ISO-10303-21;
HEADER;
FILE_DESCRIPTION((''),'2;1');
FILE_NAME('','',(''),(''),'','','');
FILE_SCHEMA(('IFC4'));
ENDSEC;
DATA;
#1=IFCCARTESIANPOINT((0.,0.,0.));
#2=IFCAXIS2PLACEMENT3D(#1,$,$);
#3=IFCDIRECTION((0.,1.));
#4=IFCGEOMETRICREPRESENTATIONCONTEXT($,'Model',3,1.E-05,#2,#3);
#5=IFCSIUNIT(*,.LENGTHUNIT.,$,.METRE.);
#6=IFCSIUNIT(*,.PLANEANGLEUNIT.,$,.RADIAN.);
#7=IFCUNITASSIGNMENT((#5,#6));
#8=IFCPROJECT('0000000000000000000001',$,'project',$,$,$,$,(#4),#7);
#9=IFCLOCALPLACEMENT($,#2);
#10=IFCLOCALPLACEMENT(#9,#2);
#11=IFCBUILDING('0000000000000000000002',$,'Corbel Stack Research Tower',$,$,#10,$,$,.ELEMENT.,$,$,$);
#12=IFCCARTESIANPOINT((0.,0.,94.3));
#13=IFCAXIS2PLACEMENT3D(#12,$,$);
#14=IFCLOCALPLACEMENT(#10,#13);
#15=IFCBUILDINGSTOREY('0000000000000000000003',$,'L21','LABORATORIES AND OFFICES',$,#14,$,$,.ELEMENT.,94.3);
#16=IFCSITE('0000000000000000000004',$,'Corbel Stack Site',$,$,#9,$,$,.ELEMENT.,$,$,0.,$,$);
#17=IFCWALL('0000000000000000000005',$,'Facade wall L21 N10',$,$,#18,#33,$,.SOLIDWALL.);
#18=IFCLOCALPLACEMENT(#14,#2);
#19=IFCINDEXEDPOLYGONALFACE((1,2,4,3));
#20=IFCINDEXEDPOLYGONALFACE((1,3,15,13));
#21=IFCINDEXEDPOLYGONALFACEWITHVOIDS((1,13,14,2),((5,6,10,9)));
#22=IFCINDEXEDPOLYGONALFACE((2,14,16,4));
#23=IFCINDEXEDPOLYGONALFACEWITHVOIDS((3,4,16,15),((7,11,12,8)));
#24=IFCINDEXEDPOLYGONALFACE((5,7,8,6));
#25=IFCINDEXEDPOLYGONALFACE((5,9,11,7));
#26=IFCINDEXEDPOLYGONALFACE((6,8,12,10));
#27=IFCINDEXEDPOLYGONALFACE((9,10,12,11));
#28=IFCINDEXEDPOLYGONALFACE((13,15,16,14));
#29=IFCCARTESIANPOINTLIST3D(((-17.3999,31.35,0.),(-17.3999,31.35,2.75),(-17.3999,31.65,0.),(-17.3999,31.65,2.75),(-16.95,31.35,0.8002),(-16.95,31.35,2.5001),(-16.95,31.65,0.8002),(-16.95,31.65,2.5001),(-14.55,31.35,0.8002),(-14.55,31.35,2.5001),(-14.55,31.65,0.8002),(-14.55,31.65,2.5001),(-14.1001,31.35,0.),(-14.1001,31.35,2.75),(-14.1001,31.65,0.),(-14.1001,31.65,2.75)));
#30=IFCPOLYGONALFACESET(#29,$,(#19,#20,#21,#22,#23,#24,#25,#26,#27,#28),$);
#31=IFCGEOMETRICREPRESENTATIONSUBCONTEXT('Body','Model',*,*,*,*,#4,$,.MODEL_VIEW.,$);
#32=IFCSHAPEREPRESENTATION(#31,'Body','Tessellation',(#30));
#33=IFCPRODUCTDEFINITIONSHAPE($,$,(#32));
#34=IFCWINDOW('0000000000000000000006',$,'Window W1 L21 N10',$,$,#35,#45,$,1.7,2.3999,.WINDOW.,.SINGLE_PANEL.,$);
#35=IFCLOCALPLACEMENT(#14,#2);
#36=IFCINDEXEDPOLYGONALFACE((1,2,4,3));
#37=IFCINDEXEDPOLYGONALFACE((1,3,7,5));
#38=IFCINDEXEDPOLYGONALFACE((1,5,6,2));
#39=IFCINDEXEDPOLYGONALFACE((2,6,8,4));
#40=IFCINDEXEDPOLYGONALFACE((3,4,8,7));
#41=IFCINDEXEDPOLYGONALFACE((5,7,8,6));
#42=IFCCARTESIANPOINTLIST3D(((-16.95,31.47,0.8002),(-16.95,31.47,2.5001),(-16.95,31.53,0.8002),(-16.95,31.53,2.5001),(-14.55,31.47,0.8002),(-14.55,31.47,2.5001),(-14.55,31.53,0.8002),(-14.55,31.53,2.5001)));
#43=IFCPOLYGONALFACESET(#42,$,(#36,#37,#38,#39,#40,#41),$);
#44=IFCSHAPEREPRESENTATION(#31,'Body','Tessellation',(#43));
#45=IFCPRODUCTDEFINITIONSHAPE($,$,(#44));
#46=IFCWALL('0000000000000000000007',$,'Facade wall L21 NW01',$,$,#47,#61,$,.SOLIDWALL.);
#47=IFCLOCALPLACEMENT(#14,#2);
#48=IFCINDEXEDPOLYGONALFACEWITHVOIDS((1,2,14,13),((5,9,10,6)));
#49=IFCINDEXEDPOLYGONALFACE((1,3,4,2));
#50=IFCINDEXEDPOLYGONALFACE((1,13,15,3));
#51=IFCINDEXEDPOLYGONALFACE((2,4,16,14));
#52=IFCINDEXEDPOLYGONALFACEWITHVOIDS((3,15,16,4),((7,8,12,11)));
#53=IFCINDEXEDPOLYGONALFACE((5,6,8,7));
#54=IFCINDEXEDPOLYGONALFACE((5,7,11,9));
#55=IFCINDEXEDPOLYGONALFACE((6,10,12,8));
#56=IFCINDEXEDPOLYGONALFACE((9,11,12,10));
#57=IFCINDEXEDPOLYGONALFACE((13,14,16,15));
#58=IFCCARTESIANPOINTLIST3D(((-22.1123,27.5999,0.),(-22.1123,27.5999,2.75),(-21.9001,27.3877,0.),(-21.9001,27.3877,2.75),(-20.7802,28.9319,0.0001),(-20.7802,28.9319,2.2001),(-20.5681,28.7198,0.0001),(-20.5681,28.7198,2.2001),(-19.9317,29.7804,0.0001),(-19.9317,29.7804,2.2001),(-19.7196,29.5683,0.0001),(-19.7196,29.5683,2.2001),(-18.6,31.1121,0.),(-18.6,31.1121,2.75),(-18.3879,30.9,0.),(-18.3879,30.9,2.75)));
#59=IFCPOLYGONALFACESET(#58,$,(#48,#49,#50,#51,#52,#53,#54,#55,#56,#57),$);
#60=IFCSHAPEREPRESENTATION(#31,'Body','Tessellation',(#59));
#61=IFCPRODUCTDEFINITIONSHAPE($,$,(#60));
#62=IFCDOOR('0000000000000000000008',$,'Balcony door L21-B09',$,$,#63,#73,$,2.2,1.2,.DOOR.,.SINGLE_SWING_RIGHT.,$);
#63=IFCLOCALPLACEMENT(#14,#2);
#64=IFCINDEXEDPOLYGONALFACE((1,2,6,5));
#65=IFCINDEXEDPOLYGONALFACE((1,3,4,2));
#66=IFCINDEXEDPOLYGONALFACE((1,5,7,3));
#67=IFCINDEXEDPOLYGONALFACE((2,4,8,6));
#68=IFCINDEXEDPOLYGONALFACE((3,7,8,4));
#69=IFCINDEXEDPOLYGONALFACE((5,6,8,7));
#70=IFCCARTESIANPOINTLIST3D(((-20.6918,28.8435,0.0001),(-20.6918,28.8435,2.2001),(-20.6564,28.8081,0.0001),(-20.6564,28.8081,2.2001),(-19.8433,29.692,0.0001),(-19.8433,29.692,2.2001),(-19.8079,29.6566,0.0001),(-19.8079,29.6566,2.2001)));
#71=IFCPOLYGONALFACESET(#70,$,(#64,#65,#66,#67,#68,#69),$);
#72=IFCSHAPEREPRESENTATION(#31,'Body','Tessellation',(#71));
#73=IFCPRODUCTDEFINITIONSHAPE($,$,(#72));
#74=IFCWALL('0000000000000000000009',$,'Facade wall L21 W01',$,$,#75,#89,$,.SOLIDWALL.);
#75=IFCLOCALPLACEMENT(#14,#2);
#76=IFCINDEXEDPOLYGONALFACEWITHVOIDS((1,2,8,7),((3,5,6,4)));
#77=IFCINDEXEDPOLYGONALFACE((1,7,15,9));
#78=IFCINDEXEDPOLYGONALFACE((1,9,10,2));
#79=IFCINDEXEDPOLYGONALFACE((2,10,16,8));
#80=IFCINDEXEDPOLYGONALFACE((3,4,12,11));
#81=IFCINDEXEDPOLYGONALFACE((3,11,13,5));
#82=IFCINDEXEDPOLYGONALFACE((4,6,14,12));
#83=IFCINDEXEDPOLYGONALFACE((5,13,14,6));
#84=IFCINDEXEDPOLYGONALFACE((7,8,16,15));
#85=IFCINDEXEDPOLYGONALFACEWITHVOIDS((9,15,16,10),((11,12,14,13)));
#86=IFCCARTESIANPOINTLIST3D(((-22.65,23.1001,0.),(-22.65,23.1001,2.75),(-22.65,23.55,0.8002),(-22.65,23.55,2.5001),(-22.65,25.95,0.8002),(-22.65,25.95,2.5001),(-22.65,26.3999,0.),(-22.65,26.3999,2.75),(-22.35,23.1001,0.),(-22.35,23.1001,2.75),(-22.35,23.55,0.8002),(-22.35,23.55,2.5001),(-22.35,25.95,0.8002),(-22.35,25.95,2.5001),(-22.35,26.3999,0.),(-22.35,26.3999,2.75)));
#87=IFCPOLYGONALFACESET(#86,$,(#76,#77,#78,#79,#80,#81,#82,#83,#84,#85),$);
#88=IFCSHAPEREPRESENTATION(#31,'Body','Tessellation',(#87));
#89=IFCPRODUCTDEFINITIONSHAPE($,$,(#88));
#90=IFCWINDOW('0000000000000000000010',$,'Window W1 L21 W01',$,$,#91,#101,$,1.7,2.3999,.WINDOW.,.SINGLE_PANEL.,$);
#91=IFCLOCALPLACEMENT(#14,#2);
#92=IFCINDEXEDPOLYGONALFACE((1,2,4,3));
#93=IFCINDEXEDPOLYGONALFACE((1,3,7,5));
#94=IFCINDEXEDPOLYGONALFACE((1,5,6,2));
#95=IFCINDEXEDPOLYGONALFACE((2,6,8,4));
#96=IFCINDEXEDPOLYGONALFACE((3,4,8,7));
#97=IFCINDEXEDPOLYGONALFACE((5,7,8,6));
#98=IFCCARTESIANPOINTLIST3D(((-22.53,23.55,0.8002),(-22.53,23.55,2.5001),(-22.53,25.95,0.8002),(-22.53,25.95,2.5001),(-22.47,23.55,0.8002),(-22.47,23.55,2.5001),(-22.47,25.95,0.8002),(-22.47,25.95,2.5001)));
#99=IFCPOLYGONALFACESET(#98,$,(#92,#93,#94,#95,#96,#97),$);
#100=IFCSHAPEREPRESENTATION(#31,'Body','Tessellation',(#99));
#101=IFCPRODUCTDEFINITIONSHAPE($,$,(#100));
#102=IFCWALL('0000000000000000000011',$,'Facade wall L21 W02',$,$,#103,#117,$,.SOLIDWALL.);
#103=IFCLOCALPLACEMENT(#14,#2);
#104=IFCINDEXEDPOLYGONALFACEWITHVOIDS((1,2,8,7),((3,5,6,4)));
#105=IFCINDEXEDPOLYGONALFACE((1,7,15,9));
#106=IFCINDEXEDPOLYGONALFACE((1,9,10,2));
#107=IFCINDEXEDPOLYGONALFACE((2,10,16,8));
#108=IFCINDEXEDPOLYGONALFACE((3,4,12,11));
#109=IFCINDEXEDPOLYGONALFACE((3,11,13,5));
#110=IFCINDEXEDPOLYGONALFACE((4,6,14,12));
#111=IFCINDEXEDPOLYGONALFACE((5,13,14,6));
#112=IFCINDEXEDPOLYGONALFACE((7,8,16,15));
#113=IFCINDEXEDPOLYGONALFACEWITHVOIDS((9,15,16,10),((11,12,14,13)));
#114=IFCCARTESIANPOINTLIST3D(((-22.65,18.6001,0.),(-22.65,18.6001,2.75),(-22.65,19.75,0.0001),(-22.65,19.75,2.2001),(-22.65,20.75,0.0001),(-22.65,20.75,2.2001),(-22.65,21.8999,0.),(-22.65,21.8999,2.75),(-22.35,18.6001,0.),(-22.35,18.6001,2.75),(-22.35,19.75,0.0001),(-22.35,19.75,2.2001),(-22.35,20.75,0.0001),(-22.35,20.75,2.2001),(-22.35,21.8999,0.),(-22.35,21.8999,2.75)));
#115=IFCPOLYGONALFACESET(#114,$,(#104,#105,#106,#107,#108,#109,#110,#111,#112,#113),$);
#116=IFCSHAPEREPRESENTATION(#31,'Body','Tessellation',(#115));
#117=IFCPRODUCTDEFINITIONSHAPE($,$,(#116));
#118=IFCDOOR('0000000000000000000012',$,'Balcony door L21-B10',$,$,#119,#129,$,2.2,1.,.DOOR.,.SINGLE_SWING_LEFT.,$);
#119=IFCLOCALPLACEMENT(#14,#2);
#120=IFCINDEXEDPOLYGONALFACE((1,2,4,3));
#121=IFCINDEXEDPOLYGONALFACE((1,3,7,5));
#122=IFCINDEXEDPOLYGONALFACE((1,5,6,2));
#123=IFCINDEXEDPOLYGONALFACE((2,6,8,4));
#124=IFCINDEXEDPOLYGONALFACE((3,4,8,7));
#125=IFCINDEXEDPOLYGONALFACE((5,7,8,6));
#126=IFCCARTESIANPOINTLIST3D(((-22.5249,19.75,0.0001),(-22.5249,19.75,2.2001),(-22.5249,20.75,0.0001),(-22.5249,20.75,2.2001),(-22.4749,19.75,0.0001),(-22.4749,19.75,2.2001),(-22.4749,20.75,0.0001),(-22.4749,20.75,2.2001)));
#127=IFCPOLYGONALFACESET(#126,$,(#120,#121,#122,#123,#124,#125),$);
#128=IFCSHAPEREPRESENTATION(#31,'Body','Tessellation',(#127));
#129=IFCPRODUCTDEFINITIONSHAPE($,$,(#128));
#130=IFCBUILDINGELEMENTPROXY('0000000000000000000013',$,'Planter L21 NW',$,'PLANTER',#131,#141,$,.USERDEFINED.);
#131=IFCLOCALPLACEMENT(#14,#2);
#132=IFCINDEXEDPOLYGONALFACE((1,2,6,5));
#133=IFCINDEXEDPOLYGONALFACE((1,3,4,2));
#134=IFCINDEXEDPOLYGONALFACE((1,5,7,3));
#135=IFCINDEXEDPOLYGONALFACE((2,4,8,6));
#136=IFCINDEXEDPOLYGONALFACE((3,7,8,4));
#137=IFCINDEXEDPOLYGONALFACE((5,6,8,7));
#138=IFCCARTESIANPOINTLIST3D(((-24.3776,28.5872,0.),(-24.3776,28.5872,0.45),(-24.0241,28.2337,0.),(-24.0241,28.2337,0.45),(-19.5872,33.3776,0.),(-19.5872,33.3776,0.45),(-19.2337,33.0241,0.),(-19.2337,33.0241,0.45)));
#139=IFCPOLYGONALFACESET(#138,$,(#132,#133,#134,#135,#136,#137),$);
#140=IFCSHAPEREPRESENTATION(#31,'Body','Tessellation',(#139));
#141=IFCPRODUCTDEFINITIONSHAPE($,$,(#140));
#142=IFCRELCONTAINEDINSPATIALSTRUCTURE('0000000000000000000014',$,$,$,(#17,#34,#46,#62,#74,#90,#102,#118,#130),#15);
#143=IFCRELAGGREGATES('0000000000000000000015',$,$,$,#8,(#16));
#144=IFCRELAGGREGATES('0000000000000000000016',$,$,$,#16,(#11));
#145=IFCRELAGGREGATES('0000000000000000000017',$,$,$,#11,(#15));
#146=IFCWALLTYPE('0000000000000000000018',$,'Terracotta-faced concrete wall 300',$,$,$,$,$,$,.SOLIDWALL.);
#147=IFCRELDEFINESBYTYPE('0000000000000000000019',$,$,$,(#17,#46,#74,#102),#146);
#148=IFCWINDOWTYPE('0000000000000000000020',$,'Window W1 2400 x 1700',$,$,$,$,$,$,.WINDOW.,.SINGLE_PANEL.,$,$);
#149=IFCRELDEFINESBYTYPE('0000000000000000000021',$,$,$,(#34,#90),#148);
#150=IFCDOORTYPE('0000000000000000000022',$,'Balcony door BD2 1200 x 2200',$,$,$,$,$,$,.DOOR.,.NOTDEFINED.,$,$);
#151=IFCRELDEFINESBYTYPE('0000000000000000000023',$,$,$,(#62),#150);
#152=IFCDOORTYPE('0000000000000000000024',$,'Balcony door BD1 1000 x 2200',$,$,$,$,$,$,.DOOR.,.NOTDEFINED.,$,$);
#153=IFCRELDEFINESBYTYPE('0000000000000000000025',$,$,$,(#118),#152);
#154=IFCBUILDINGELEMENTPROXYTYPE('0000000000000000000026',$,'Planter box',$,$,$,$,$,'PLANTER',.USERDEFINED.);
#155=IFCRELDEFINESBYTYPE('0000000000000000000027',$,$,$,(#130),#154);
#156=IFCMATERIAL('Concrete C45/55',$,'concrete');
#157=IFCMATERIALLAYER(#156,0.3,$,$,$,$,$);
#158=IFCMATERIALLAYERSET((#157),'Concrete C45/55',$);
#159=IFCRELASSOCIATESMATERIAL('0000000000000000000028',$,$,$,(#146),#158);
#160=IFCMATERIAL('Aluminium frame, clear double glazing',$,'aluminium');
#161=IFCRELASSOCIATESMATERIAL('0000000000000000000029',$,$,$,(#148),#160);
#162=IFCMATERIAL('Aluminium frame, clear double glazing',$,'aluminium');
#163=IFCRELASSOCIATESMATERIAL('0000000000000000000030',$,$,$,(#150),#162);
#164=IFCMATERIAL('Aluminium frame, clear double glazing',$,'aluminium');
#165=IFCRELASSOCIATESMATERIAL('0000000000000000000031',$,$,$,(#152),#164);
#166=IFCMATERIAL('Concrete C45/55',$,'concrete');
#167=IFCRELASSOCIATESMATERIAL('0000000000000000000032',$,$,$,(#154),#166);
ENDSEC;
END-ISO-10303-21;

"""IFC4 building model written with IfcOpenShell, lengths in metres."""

from ifc_helpers import new_model, si_unit, direction, frame, frame_2d, origin, origin_2d, place, context, subcontext, project, spatial, rectangle, extrude, material, layer, layer_set, type_object, element, fill, save


model = new_model("IFC4")

# Units and contexts
model_context = context("Model", 3, precision=1e-05, world=origin(), true_north=direction((0.0, 1.0)))
body_context = subcontext(model_context, "Body", "Model", "MODEL_VIEW")
ifc_project = project(units=[si_unit("LENGTHUNIT", "METRE"), si_unit("PLANEANGLEUNIT", "RADIAN")], contexts=[model_context])

# Site, building, storey
site_placement = place(None, origin())
site = spatial("IfcSite", under=ifc_project, at=site_placement, Name="Corbel Stack Site", CompositionType="ELEMENT", RefElevation=0.0)
building_placement = place(site_placement, origin())
building = spatial("IfcBuilding", under=site, at=building_placement, Name="Corbel Stack Research Tower", CompositionType="ELEMENT")
storey_placement = place(building_placement, frame((0.0, 0.0, 94.3)))
storey = spatial("IfcBuildingStorey", under=building, at=storey_placement, Name="L21", Description="LABORATORIES AND OFFICES", CompositionType="ELEMENT", Elevation=94.3)

# Wall, opening, window
ifc_material_1 = material(Name="Concrete C45/55", Category="concrete")
ifc_layer_1 = layer(ifc_material_1, 0.3)
ifc_layer_set_1 = layer_set([ifc_layer_1], Name="Concrete C45/55")
wall_type_1 = type_object("IfcWallType", Name="Terracotta-faced concrete wall 300", PredefinedType="SOLIDWALL", material=ifc_layer_set_1)
wall_1_placement = place(storey_placement, frame((-17.3999, 31.5, 0.0), z_axis=(0.0, 0.0, 1.0), x_axis=(1.0, 0.0, 0.0)))
wall_1 = element("IfcWall", 1, at=wall_1_placement, inside=storey, type_object=wall_type_1, Name="Facade wall L21 N10", PredefinedType="SOLIDWALL", context=body_context, shape_type="SweptSolid", body=[
    extrude(rectangle(XDim=3.2998, YDim=0.3, at=frame_2d((1.6499, 0.0))), origin(), (0.0, 0.0, 1.0), 2.75),
])
opening_1_placement = place(wall_1_placement, frame((0.45, 0.0, 0.8)))
opening_1 = element("IfcOpeningElement", 2, at=opening_1_placement, cuts=wall_1, PredefinedType="OPENING", context=body_context, shape_type="SweptSolid", body=[
    extrude(rectangle(XDim=2.3999, YDim=1.7, at=frame_2d((1.2, 0.8501))), frame((0.0, 0.1599, 0.0), z_axis=(0.0, -1.0, 0.0), x_axis=(1.0, 0.0, 0.0)), (0.0, 0.0, 1.0), 0.3201),
])
ifc_material_2 = material(Name="Aluminium frame, clear double glazing", Category="aluminium")
window_type = type_object("IfcWindowType", Name="Window W1 2400 x 1700", PartitioningType="SINGLE_PANEL", PredefinedType="WINDOW", material=ifc_material_2)
window_1_placement = place(opening_1_placement, origin())
window_1 = element("IfcWindow", 3, at=window_1_placement, inside=storey, type_object=window_type, Name="Window W1 L21 N10", OverallHeight=1.7, OverallWidth=2.3999, PartitioningType="SINGLE_PANEL", PredefinedType="WINDOW", context=body_context, shape_type="SweptSolid", body=[
    extrude(rectangle(XDim=2.3999, YDim=1.7, at=frame_2d((1.2, 0.8501))), frame((0.0, 0.03, 0.0), z_axis=(0.0, -1.0, 0.0), x_axis=(1.0, 0.0, 0.0)), (0.0, 0.0, 1.0), 0.0601),
])
fill(opening_1, window_1)

# Wall, opening, door
wall_2_placement = place(storey_placement, frame((-22.0061, 27.4939, 0.0), z_axis=(0.0, 0.0, 1.0), x_axis=(0.707107, 0.707107, 0.0)))
wall_2 = element("IfcWall", 4, at=wall_2_placement, inside=storey, type_object=wall_type_1, Name="Facade wall L21 NW01", PredefinedType="SOLIDWALL", context=body_context, shape_type="SweptSolid", body=[
    extrude(rectangle(XDim=4.967, YDim=0.3, at=frame_2d((2.4834, 0.0))), origin(), (0.0, 0.0, 1.0), 2.75),
])
opening_2_placement = place(wall_2_placement, frame((1.8835, 0.0, 0.0)))
opening_2 = element("IfcOpeningElement", 5, at=opening_2_placement, cuts=wall_2, PredefinedType="OPENING", context=body_context, shape_type="SweptSolid", body=[
    extrude(rectangle(XDim=1.2, YDim=2.2, at=frame_2d((0.6001, 1.1001))), frame((0.0, 0.1599, 0.0), z_axis=(0.0, -1.0, 0.0), x_axis=(1.0, 0.0, 0.0)), (0.0, 0.0, 1.0), 0.3201),
])
ifc_material_3 = material(Name="Aluminium frame, clear double glazing", Category="aluminium")
door_type_1 = type_object("IfcDoorType", Name="Balcony door BD2 1200 x 2200", OperationType="NOTDEFINED", PredefinedType="DOOR", material=ifc_material_3)
door_1_placement = place(opening_2_placement, origin())
door_1 = element("IfcDoor", 6, at=door_1_placement, inside=storey, type_object=door_type_1, Name="Balcony door L21-B09", OperationType="SINGLE_SWING_RIGHT", OverallHeight=2.2, OverallWidth=1.2, PredefinedType="DOOR", context=body_context, shape_type="SweptSolid", body=[
    extrude(rectangle(XDim=1.2, YDim=2.2, at=frame_2d((0.6001, 1.1001))), frame((0.0, 0.0249, 0.0), z_axis=(0.0, -1.0, 0.0), x_axis=(1.0, 0.0, 0.0)), (0.0, 0.0, 1.0), 0.05),
])
fill(opening_2, door_1)

# Wall, opening, window
wall_3_placement = place(storey_placement, frame((-22.5, 23.1001, 0.0), z_axis=(0.0, 0.0, 1.0), x_axis=(0.0, 1.0, 0.0)))
wall_3 = element("IfcWall", 7, at=wall_3_placement, inside=storey, type_object=wall_type_1, Name="Facade wall L21 W01", PredefinedType="SOLIDWALL", context=body_context, shape_type="SweptSolid", body=[
    extrude(rectangle(XDim=3.2998, YDim=0.3, at=frame_2d((1.6499, 0.0))), origin(), (0.0, 0.0, 1.0), 2.75),
])
opening_3_placement = place(wall_3_placement, frame((0.45, 0.0, 0.8)))
opening_3 = element("IfcOpeningElement", 8, at=opening_3_placement, cuts=wall_3, PredefinedType="OPENING", context=body_context, shape_type="SweptSolid", body=[
    extrude(rectangle(XDim=2.3999, YDim=1.7, at=frame_2d((1.2, 0.8501))), frame((0.0, 0.1599, 0.0), z_axis=(0.0, -1.0, 0.0), x_axis=(1.0, 0.0, 0.0)), (0.0, 0.0, 1.0), 0.3201),
])
window_2_placement = place(opening_3_placement, origin())
window_2 = element("IfcWindow", 9, at=window_2_placement, inside=storey, type_object=window_type, Name="Window W1 L21 W01", OverallHeight=1.7, OverallWidth=2.3999, PartitioningType="SINGLE_PANEL", PredefinedType="WINDOW", context=body_context, shape_type="SweptSolid", body=[
    extrude(rectangle(XDim=2.3999, YDim=1.7, at=frame_2d((1.2, 0.8501))), frame((0.0, 0.03, 0.0), z_axis=(0.0, -1.0, 0.0), x_axis=(1.0, 0.0, 0.0)), (0.0, 0.0, 1.0), 0.0601),
])
fill(opening_3, window_2)

# Wall, opening, door
wall_4_placement = place(storey_placement, frame((-22.5, 18.6001, 0.0), z_axis=(0.0, 0.0, 1.0), x_axis=(0.0, 1.0, 0.0)))
wall_4 = element("IfcWall", 10, at=wall_4_placement, inside=storey, type_object=wall_type_1, Name="Facade wall L21 W02", PredefinedType="SOLIDWALL", context=body_context, shape_type="SweptSolid", body=[
    extrude(rectangle(XDim=3.2998, YDim=0.3, at=frame_2d((1.6499, 0.0))), origin(), (0.0, 0.0, 1.0), 2.75),
])
opening_4_placement = place(wall_4_placement, frame((1.1499, 0.0, 0.0)))
opening_4 = element("IfcOpeningElement", 11, at=opening_4_placement, cuts=wall_4, PredefinedType="OPENING", context=body_context, shape_type="SweptSolid", body=[
    extrude(rectangle(XDim=1.0, YDim=2.2, at=frame_2d((0.5, 1.1001))), frame((0.0, 0.1599, 0.0), z_axis=(0.0, -1.0, 0.0), x_axis=(1.0, 0.0, 0.0)), (0.0, 0.0, 1.0), 0.3201),
])
ifc_material_4 = material(Name="Aluminium frame, clear double glazing", Category="aluminium")
door_type_2 = type_object("IfcDoorType", Name="Balcony door BD1 1000 x 2200", OperationType="NOTDEFINED", PredefinedType="DOOR", material=ifc_material_4)
door_2_placement = place(opening_4_placement, origin())
door_2 = element("IfcDoor", 12, at=door_2_placement, inside=storey, type_object=door_type_2, Name="Balcony door L21-B10", OperationType="SINGLE_SWING_LEFT", OverallHeight=2.2, OverallWidth=1.0, PredefinedType="DOOR", context=body_context, shape_type="SweptSolid", body=[
    extrude(rectangle(XDim=1.0, YDim=2.2, at=frame_2d((0.5, 1.1001))), frame((0.0, 0.0249, 0.0), z_axis=(0.0, -1.0, 0.0), x_axis=(1.0, 0.0, 0.0)), (0.0, 0.0, 1.0), 0.05),
])
fill(opening_4, door_2)

# Building element proxy
ifc_material_5 = material(Name="Concrete C45/55", Category="concrete")
building_element_proxy_type = type_object("IfcBuildingElementProxyType", Name="Planter box", ElementType="PLANTER", PredefinedType="USERDEFINED", material=ifc_material_5)
proxy_placement = place(storey_placement, frame((-21.8057, 30.8057, 0.0), z_axis=(0.0, 0.0, 1.0), x_axis=(-0.707107, -0.707107, 0.0)))
element("IfcBuildingElementProxy", 13, at=proxy_placement, inside=storey, type_object=building_element_proxy_type, Name="Planter L21 NW", ObjectType="PLANTER", PredefinedType="USERDEFINED", context=body_context, shape_type="SweptSolid", body=[
    extrude(rectangle(XDim=6.7747, YDim=0.5, at=origin_2d()), origin(), (0.0, 0.0, 1.0), 0.45),
])

save(model, "model.ifc")
